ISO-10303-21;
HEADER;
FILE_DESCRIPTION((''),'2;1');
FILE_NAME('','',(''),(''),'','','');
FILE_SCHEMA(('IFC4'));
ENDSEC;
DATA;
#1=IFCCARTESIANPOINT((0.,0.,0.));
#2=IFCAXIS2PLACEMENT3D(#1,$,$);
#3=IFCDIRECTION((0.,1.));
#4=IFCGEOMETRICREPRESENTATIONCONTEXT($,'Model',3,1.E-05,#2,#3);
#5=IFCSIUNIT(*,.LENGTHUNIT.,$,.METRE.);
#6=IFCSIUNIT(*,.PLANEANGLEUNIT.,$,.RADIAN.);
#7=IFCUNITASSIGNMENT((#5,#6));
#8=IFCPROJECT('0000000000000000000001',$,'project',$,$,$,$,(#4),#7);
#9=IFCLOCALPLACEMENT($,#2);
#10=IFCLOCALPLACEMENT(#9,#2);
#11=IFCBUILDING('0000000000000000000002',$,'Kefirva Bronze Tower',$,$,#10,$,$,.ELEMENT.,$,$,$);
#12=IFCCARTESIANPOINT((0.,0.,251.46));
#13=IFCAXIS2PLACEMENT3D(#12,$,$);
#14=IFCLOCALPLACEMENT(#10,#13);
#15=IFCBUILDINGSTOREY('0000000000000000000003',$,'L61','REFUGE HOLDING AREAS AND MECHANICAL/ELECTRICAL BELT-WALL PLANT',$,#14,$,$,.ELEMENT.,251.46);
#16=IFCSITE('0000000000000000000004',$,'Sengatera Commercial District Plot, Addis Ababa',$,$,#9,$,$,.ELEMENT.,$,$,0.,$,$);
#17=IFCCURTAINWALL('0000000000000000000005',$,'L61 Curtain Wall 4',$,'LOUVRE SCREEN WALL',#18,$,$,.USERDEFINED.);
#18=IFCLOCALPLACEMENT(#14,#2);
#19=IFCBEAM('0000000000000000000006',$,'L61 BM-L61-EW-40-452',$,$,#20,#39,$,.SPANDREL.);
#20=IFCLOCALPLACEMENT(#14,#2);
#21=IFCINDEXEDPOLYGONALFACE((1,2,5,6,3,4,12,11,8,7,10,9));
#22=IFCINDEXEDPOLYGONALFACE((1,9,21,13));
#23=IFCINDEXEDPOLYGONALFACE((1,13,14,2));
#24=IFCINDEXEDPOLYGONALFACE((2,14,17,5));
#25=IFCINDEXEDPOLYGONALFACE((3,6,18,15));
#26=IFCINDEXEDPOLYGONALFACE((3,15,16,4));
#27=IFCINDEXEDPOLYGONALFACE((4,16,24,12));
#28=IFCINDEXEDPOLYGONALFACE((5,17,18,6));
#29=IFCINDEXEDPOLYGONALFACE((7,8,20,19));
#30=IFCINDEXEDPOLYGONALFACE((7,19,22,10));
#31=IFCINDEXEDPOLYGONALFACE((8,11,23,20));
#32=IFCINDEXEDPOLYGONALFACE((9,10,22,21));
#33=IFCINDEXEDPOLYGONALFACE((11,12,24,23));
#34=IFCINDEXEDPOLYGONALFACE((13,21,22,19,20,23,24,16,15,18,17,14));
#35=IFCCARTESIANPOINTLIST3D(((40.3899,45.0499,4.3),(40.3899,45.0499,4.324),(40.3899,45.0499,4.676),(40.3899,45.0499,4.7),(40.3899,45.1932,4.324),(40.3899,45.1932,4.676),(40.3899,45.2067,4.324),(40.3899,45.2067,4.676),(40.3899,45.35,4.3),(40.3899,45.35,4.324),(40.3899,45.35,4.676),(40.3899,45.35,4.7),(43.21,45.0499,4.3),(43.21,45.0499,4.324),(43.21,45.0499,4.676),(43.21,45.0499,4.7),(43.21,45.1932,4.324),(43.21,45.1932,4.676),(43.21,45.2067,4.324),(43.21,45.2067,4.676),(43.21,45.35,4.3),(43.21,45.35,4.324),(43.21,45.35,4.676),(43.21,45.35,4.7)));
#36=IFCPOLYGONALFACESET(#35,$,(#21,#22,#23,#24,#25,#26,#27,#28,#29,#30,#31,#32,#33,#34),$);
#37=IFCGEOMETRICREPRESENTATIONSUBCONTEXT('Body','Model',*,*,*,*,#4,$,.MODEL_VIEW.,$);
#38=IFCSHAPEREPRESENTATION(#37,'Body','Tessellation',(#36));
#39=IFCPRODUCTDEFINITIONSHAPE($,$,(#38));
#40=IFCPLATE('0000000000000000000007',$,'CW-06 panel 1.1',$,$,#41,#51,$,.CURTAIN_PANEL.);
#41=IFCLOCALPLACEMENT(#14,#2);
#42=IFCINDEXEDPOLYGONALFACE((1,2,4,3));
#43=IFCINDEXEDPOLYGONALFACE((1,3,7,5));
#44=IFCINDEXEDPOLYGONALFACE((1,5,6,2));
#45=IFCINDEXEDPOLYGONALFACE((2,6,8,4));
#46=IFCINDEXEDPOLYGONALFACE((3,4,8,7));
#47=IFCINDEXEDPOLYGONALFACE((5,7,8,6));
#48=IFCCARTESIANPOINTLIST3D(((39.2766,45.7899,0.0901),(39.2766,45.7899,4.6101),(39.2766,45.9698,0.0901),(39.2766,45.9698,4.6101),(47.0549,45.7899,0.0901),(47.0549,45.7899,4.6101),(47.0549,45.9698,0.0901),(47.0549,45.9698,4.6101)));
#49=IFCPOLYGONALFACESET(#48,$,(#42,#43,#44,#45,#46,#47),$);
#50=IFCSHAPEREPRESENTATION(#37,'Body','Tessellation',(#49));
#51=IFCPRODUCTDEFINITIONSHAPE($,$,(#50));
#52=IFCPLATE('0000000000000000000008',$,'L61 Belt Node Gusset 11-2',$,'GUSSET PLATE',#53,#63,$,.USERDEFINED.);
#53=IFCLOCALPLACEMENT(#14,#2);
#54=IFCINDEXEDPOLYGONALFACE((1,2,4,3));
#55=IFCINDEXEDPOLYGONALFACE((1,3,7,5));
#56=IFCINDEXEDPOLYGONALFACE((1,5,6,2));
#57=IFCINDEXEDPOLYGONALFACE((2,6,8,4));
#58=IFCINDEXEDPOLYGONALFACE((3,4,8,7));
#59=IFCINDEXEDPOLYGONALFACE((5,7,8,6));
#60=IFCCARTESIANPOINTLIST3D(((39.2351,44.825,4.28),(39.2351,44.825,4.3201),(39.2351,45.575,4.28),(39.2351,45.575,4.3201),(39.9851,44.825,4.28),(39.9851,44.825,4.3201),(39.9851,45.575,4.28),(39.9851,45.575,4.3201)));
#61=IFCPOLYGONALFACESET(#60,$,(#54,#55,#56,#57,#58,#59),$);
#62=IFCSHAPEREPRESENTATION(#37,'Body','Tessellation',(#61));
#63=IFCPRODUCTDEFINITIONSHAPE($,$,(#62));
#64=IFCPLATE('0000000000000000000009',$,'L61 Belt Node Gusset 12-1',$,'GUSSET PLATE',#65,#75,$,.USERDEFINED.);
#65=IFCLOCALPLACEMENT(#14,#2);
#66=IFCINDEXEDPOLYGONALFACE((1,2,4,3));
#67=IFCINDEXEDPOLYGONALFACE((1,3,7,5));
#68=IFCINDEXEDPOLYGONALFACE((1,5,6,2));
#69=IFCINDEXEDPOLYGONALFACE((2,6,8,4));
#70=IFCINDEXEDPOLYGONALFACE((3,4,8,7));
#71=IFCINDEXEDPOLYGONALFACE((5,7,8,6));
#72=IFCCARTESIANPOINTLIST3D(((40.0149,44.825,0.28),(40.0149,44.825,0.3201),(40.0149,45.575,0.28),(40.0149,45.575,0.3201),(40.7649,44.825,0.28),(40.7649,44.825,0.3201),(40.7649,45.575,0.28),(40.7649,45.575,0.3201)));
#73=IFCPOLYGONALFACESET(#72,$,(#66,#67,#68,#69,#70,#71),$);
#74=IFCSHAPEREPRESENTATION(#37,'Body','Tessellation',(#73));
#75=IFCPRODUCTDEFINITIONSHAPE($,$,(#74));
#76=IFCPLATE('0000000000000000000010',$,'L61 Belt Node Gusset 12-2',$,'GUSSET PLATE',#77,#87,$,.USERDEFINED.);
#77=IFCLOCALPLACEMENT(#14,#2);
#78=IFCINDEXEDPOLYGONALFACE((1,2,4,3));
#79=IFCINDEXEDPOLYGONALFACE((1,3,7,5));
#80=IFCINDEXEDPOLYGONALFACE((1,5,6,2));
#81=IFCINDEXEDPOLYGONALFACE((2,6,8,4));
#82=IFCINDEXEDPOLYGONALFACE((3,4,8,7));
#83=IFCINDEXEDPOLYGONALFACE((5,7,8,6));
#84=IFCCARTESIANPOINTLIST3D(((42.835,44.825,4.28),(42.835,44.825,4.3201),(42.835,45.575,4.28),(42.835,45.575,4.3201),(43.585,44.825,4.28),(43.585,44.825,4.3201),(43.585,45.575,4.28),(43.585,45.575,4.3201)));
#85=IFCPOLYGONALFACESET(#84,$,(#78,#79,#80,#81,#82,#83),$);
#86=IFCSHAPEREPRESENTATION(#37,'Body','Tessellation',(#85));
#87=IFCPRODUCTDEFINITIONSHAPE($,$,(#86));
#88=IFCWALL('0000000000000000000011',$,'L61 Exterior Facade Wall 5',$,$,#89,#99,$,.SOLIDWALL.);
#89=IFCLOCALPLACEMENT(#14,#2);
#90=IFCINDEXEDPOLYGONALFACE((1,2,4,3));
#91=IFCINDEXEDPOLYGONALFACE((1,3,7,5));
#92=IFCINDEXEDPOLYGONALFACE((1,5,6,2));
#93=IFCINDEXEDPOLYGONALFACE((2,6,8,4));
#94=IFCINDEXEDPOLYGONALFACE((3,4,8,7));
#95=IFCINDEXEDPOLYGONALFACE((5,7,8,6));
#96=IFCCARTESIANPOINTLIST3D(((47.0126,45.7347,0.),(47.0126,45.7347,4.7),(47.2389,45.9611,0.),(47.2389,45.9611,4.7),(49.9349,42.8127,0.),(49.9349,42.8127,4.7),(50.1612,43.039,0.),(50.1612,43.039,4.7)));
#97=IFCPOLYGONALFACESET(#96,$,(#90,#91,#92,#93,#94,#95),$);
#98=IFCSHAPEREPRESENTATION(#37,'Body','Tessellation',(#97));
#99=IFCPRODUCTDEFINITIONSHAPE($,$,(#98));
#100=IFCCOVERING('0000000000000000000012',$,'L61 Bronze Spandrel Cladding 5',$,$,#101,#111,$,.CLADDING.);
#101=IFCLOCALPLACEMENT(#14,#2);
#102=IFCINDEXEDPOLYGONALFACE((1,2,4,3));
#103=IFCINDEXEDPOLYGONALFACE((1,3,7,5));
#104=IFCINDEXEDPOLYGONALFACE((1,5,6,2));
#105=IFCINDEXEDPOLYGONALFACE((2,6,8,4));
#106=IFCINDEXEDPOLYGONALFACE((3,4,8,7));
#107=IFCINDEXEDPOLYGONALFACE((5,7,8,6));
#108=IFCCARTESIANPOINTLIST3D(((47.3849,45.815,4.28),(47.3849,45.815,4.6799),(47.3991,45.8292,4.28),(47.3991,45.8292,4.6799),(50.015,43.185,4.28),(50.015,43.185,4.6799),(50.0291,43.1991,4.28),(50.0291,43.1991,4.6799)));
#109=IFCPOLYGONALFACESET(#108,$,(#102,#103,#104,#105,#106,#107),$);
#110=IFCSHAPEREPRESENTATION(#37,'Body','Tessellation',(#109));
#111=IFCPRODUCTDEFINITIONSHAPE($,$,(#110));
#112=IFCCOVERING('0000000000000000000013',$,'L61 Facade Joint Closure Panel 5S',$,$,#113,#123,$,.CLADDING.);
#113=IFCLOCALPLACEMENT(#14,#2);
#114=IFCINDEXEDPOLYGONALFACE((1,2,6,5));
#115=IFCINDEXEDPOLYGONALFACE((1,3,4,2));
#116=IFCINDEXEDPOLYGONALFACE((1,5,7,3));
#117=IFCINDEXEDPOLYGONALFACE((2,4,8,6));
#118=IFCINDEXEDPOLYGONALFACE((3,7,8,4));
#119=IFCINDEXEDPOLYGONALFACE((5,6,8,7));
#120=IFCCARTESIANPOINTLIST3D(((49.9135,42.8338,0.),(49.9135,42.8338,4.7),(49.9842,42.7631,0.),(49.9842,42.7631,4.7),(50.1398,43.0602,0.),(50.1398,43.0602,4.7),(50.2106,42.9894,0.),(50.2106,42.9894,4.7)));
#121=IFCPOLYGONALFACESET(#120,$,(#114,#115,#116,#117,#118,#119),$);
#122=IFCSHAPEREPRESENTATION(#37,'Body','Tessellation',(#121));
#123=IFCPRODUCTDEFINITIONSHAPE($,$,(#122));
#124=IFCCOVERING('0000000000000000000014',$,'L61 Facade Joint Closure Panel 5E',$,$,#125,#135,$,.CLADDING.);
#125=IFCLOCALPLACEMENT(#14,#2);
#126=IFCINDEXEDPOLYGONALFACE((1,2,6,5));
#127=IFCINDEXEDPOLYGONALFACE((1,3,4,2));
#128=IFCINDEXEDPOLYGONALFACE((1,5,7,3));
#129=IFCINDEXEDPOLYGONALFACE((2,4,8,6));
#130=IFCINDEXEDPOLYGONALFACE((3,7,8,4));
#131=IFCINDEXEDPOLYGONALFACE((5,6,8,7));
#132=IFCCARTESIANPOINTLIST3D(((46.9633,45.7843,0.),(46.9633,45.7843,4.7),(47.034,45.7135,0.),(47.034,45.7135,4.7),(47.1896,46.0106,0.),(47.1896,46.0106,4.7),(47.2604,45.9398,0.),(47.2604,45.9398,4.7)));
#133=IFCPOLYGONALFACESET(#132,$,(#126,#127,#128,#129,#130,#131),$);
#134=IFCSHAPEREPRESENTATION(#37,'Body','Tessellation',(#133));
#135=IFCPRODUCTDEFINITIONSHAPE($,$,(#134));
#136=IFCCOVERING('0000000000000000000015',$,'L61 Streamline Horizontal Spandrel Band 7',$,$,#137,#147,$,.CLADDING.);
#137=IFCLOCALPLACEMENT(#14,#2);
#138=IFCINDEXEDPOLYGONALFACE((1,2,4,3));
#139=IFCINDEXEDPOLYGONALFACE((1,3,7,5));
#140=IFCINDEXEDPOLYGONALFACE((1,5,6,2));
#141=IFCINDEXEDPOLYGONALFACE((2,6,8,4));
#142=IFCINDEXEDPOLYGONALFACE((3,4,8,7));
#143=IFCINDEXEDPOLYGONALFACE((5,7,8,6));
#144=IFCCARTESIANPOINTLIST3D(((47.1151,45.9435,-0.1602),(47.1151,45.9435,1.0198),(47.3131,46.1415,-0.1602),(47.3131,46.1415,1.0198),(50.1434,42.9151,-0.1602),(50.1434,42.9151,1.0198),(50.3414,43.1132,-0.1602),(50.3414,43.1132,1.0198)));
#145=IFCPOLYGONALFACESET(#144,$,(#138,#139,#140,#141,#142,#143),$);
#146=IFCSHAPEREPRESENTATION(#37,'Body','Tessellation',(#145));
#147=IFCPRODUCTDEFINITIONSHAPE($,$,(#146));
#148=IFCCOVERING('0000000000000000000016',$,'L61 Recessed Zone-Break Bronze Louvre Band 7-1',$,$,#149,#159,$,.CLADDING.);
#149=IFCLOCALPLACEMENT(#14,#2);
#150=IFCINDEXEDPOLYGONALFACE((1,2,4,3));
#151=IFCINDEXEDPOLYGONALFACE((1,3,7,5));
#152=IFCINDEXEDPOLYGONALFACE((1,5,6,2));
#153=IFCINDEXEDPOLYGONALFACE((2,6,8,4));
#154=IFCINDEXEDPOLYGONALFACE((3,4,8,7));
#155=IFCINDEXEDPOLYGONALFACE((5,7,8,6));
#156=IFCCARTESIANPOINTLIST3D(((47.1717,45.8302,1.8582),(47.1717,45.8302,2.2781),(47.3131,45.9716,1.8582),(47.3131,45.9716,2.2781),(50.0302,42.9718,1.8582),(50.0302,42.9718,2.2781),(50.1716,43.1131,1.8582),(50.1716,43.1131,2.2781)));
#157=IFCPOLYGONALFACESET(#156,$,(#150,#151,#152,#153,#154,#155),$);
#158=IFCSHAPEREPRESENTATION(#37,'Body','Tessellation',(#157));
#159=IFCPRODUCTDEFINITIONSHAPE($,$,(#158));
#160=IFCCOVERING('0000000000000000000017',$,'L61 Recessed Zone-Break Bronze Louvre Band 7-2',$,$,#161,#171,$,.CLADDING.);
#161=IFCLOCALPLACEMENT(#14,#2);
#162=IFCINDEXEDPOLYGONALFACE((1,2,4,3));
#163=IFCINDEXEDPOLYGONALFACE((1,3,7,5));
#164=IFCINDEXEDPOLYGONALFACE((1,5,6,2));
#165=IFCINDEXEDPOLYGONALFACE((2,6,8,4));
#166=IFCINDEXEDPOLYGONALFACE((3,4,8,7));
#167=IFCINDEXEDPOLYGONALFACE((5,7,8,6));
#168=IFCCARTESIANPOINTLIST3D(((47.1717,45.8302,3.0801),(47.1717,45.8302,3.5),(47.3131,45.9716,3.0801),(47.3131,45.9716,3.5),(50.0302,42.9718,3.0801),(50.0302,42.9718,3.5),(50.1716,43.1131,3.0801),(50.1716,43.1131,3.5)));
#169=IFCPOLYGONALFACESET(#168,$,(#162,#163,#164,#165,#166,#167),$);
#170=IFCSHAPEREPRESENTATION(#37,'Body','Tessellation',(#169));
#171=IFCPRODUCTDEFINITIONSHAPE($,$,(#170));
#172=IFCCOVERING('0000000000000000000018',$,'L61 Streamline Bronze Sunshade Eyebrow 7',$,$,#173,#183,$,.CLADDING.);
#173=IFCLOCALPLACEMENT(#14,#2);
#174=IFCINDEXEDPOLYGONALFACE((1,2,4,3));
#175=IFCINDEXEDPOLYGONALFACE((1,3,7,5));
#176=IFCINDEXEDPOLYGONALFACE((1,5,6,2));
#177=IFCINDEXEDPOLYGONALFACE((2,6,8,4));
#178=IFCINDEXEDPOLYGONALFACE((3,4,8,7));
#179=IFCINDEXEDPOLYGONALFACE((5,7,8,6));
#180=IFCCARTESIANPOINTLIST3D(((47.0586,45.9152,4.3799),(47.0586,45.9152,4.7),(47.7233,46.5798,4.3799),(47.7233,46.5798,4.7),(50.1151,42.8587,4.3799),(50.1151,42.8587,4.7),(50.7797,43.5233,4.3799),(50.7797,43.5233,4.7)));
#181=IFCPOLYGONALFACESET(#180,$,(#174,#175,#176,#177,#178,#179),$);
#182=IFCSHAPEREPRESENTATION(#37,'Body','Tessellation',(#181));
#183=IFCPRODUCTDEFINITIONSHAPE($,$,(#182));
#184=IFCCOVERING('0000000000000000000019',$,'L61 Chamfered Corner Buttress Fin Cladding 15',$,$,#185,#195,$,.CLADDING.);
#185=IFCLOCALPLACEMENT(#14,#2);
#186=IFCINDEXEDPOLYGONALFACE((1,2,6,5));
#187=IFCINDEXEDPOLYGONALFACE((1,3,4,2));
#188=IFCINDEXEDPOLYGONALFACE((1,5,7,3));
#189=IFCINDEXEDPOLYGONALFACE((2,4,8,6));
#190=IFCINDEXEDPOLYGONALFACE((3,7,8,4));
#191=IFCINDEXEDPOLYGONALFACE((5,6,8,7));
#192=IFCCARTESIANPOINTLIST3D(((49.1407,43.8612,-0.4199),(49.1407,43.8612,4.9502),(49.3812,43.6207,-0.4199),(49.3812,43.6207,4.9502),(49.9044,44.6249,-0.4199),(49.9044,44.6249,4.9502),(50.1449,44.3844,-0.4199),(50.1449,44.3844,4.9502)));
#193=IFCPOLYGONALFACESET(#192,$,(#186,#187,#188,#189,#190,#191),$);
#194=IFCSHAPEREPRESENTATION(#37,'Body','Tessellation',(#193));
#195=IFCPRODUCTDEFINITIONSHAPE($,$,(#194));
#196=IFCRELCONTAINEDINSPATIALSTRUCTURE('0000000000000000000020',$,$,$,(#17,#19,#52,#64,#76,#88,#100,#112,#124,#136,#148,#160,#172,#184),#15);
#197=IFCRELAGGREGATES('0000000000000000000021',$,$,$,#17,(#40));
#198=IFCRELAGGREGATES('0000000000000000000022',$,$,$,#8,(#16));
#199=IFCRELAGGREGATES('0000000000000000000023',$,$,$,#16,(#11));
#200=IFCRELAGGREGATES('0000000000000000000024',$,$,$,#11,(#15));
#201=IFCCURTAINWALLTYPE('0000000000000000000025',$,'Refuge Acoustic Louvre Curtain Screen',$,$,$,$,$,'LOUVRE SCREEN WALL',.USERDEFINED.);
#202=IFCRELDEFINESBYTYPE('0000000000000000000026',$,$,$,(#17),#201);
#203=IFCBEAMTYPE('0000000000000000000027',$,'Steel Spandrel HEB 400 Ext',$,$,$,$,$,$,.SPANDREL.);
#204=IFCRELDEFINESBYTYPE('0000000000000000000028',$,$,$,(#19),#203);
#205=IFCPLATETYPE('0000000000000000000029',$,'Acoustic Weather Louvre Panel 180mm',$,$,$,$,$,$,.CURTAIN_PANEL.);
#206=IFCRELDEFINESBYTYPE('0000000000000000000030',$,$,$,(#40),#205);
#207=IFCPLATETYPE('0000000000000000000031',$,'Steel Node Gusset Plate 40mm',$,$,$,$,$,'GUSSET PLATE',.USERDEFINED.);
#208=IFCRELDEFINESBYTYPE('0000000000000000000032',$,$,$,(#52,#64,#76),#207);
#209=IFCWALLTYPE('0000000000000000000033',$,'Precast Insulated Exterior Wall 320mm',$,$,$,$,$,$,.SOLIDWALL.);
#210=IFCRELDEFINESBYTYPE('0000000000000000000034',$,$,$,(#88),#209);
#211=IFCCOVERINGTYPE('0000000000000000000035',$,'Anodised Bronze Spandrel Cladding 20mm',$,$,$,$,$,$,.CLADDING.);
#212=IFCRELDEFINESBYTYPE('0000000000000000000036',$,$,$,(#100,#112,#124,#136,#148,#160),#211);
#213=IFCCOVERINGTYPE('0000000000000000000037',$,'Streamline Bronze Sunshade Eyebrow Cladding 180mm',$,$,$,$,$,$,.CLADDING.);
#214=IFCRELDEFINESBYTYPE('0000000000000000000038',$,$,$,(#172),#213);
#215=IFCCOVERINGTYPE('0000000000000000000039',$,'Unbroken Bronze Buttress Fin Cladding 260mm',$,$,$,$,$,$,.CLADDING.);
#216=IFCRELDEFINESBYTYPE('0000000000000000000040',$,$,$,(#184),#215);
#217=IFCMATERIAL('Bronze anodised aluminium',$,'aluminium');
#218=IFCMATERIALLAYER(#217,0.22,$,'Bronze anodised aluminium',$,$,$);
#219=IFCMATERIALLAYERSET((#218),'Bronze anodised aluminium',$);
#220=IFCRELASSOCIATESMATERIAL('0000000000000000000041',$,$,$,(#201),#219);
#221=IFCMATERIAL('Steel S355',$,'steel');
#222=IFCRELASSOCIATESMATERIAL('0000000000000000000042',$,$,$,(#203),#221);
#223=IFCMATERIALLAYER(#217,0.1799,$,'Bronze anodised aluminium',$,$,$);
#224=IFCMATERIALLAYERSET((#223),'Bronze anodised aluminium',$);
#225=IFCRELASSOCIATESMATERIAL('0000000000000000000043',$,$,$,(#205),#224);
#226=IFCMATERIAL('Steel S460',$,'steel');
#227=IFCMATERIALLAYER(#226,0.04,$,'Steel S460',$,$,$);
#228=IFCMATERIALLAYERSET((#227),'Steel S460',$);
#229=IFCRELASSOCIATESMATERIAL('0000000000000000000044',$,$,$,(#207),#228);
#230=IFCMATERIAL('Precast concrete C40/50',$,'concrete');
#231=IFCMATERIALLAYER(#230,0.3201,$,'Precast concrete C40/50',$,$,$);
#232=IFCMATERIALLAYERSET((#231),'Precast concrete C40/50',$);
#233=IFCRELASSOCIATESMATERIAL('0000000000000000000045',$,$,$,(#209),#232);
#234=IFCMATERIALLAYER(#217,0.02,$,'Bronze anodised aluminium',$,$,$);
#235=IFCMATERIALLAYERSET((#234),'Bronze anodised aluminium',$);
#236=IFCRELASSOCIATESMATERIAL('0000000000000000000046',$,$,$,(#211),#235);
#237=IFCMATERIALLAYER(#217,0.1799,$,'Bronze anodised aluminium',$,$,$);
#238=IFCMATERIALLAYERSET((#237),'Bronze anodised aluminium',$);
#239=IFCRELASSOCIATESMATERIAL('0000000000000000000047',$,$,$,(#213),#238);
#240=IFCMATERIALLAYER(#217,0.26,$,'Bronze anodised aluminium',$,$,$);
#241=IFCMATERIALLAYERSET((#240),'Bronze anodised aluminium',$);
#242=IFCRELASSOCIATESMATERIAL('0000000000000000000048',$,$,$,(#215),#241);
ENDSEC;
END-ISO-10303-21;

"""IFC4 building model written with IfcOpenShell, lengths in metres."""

from ifc_helpers import new_model, si_unit, direction, frame, frame_2d, origin, origin_2d, place, context, subcontext, project, spatial, rectangle, i_section, extrude, material, layer, layer_set, material_profile, profile_set, type_object, element, aggregate, save


model = new_model("IFC4")

# Units and contexts
model_context = context("Model", 3, precision=1e-05, world=origin(), true_north=direction((0.0, 1.0)))
body_context = subcontext(model_context, "Body", "Model", "MODEL_VIEW")
ifc_project = project(units=[si_unit("LENGTHUNIT", "METRE"), si_unit("PLANEANGLEUNIT", "RADIAN")], contexts=[model_context])

# Site, building, storey
site_placement = place(None, origin())
site = spatial("IfcSite", under=ifc_project, at=site_placement, Name="Sengatera Commercial District Plot, Addis Ababa", CompositionType="ELEMENT", RefElevation=0.0)
building_placement = place(site_placement, origin())
building = spatial("IfcBuilding", under=site, at=building_placement, Name="Kefirva Bronze Tower", CompositionType="ELEMENT")
storey_placement = place(building_placement, frame((0.0, 0.0, 251.46)))
storey = spatial("IfcBuildingStorey", under=building, at=storey_placement, Name="L61", Description="REFUGE HOLDING AREAS AND MECHANICAL/ELECTRICAL BELT-WALL PLANT", CompositionType="ELEMENT", Elevation=251.46)

# Shared definitions
ifc_material_1 = material(Name="Bronze anodised aluminium", Category="aluminium")
ifc_layer_1 = layer(ifc_material_1, 0.22, Name="Bronze anodised aluminium")
ifc_layer_set_1 = layer_set([ifc_layer_1], Name="Bronze anodised aluminium")
curtain_wall_type = type_object("IfcCurtainWallType", Name="Refuge Acoustic Louvre Curtain Screen", ElementType="LOUVRE SCREEN WALL", PredefinedType="USERDEFINED", material=ifc_layer_set_1)

# Curtain wall
curtain_wall_1_placement = place(storey_placement, origin())
curtain_wall_1 = element("IfcCurtainWall", 1, at=curtain_wall_1_placement, inside=storey, type_object=curtain_wall_type, Name="L61 Curtain Wall 4", ObjectType="LOUVRE SCREEN WALL", PredefinedType="USERDEFINED")

# Shared definitions
ifc_material_2 = material(Name="Steel S460", Category="steel")

# Beam
ifc_material_3 = material(Name="Steel S355", Category="steel")
ifc_material_profile_1 = material_profile(ifc_material_3, i_section(OverallWidth=0.3, OverallDepth=0.3999, WebThickness=0.0134, FlangeThickness=0.0239, at=origin_2d()), Name="HEB 400")
ifc_profile_set_1 = profile_set([ifc_material_profile_1], Name="Steel S355")
beam_type = type_object("IfcBeamType", Name="Steel Spandrel HEB 400 Ext", PredefinedType="SPANDREL", material=ifc_profile_set_1)
beam_placement = place(storey_placement, frame((40.3899, 45.2, 4.5), z_axis=(1.0, 0.0, 0.0), x_axis=(0.0, 1.0, 0.0)))
element("IfcBeam", 2, at=beam_placement, inside=storey, type_object=beam_type, Name="L61 BM-L61-EW-40-452", PredefinedType="SPANDREL", context=body_context, shape_type="SweptSolid", body=[
    extrude(i_section(OverallWidth=0.3, OverallDepth=0.3999, WebThickness=0.0134, FlangeThickness=0.0239, at=origin_2d()), origin(), (0.0, 0.0, 1.0), 2.8201),
])

# Plate
ifc_layer_2 = layer(ifc_material_1, 0.1799, Name="Bronze anodised aluminium")
ifc_layer_set_2 = layer_set([ifc_layer_2], Name="Bronze anodised aluminium")
plate_type_1 = type_object("IfcPlateType", Name="Acoustic Weather Louvre Panel 180mm", PredefinedType="CURTAIN_PANEL", material=ifc_layer_set_2)
plate_placement = place(storey_placement, frame((43.1658, 45.8799, 0.0901), z_axis=(0.0, 0.0, 1.0), x_axis=(-1.0, 0.0, 0.0)))
plate = element("IfcPlate", 3, at=plate_placement, type_object=plate_type_1, Name="CW-06 panel 1.1", PredefinedType="CURTAIN_PANEL", context=body_context, shape_type="SweptSolid", body=[
    extrude(rectangle(XDim=7.7783, YDim=0.1799, at=origin_2d()), origin(), (0.0, 0.0, 1.0), 4.52),
])
aggregate(curtain_wall_1, [plate])

# Plates
ifc_layer_3 = layer(ifc_material_2, 0.04, Name="Steel S460")
ifc_layer_set_3 = layer_set([ifc_layer_3], Name="Steel S460")
plate_type_2 = type_object("IfcPlateType", Name="Steel Node Gusset Plate 40mm", ElementType="GUSSET PLATE", PredefinedType="USERDEFINED", material=ifc_layer_set_3)
for number, where, z_axis, x_axis, name in (
    (4, (39.6101, 45.2, 4.28), (0.0, 0.0, 1.0), (1.0, 0.0, 0.0), "L61 Belt Node Gusset 11-2"),
    (5, (40.3899, 45.2, 0.28), (0.0, 0.0, 1.0), (1.0, 0.0, 0.0), "L61 Belt Node Gusset 12-1"),
    (6, (43.21, 45.2, 4.28), (0.0, 0.0, 1.0), (1.0, 0.0, 0.0), "L61 Belt Node Gusset 12-2"),
):
    element("IfcPlate", number, at=place(storey_placement, frame(where, z_axis=z_axis, x_axis=x_axis)), inside=storey, type_object=plate_type_2, Name=name, ObjectType="GUSSET PLATE", PredefinedType="USERDEFINED", context=body_context, shape_type="SweptSolid", body=[
        extrude(rectangle(XDim=0.75, YDim=0.75, at=origin_2d()), origin(), (0.0, 0.0, 1.0), 0.04),
    ])

# Wall
ifc_material_4 = material(Name="Precast concrete C40/50", Category="concrete")
ifc_layer_4 = layer(ifc_material_4, 0.3201, Name="Precast concrete C40/50")
ifc_layer_set_4 = layer_set([ifc_layer_4], Name="Precast concrete C40/50")
wall_type = type_object("IfcWallType", Name="Precast Insulated Exterior Wall 320mm", PredefinedType="SOLIDWALL", material=ifc_layer_set_4)
wall_placement = place(storey_placement, frame((50.0481, 42.9258, 0.0), z_axis=(0.0, 0.0, 1.0), x_axis=(-0.707136, 0.707077, 0.0)))
element("IfcWall", 7, at=wall_placement, inside=storey, type_object=wall_type, Name="L61 Exterior Facade Wall 5", PredefinedType="SOLIDWALL", context=body_context, shape_type="SweptSolid", body=[
    extrude(rectangle(XDim=4.1326, YDim=0.3201, at=frame_2d((2.0664, 0.0))), origin(), (0.0, 0.0, 1.0), 4.7),
])

# Coverings
ifc_layer_5 = layer(ifc_material_1, 0.02, Name="Bronze anodised aluminium")
ifc_layer_set_5 = layer_set([ifc_layer_5], Name="Bronze anodised aluminium")
covering_type_1 = type_object("IfcCoveringType", Name="Anodised Bronze Spandrel Cladding 20mm", PredefinedType="CLADDING", material=ifc_layer_set_5)
covering_1_placement = place(storey_placement, frame((48.707, 44.5071, 4.28), z_axis=(0.0, 0.0, 1.0), x_axis=(-0.707107, 0.707107, 0.0)))
element("IfcCovering", 8, at=covering_1_placement, inside=storey, type_object=covering_type_1, Name="L61 Bronze Spandrel Cladding 5", PredefinedType="CLADDING", context=body_context, shape_type="SweptSolid", body=[
    extrude(rectangle(XDim=3.7195, YDim=0.02, at=origin_2d()), origin(), (0.0, 0.0, 1.0), 0.3999),
])
for number, where, z_axis, x_axis, name in (
    (9, (50.062, 42.9116, 0.0), (0.0, 0.0, 1.0), (-0.707107, 0.707107, 0.0), "L61 Facade Joint Closure Panel 5S"),
    (10, (47.1118, 45.8621, 0.0), (0.0, 0.0, 1.0), (-0.707107, 0.707107, 0.0), "L61 Facade Joint Closure Panel 5E"),
):
    element("IfcCovering", number, at=place(storey_placement, frame(where, z_axis=z_axis, x_axis=x_axis)), inside=storey, type_object=covering_type_1, Name=name, PredefinedType="CLADDING", context=body_context, shape_type="SweptSolid", body=[
        extrude(rectangle(XDim=0.1001, YDim=0.3201, at=origin_2d()), origin(), (0.0, 0.0, 1.0), 4.7),
    ])
covering_2_placement = place(storey_placement, frame((48.7283, 44.5283, -0.1602), z_axis=(0.0, 0.0, 1.0), x_axis=(-0.707107, 0.707107, 0.0)))
element("IfcCovering", 11, at=covering_2_placement, inside=storey, type_object=covering_type_1, Name="L61 Streamline Horizontal Spandrel Band 7", PredefinedType="CLADDING", context=body_context, shape_type="SweptSolid", body=[
    extrude(rectangle(XDim=4.2827, YDim=0.28, at=origin_2d()), origin(), (0.0, 0.0, 1.0), 1.1799),
])
for number, where, z_axis, x_axis, name in (
    (12, (48.6716, 44.4717, 1.8582), (0.0, 0.0, 1.0), (-0.707107, 0.707107, 0.0), "L61 Recessed Zone-Break Bronze Louvre Band 7-1"),
    (13, (48.6716, 44.4717, 3.0801), (0.0, 0.0, 1.0), (-0.707107, 0.707107, 0.0), "L61 Recessed Zone-Break Bronze Louvre Band 7-2"),
):
    element("IfcCovering", number, at=place(storey_placement, frame(where, z_axis=z_axis, x_axis=x_axis)), inside=storey, type_object=covering_type_1, Name=name, PredefinedType="CLADDING", context=body_context, shape_type="SweptSolid", body=[
        extrude(rectangle(XDim=4.0425, YDim=0.2, at=origin_2d()), origin(), (0.0, 0.0, 1.0), 0.4199),
    ])
ifc_layer_6 = layer(ifc_material_1, 0.1799, Name="Bronze anodised aluminium")
ifc_layer_set_6 = layer_set([ifc_layer_6], Name="Bronze anodised aluminium")
covering_type_2 = type_object("IfcCoveringType", Name="Streamline Bronze Sunshade Eyebrow Cladding 180mm", PredefinedType="CLADDING", material=ifc_layer_set_6)
covering_3_placement = place(storey_placement, frame((48.9192, 44.7192, 4.3799), z_axis=(0.0, 0.0, 1.0), x_axis=(-0.707107, 0.707107, 0.0)))
element("IfcCovering", 14, at=covering_3_placement, inside=storey, type_object=covering_type_2, Name="L61 Streamline Bronze Sunshade Eyebrow 7", PredefinedType="CLADDING", context=body_context, shape_type="SweptSolid", body=[
    extrude(rectangle(XDim=4.3225, YDim=0.9399, at=origin_2d()), origin(), (0.0, 0.0, 1.0), 0.3201),
])
ifc_layer_7 = layer(ifc_material_1, 0.26, Name="Bronze anodised aluminium")
ifc_layer_set_7 = layer_set([ifc_layer_7], Name="Bronze anodised aluminium")
covering_type_3 = type_object("IfcCoveringType", Name="Unbroken Bronze Buttress Fin Cladding 260mm", PredefinedType="CLADDING", material=ifc_layer_set_7)
for number, where, z_axis, x_axis, name in (
    (15, (49.6428, 44.1228, -0.4199), (0.0, 0.0, 1.0), (-0.707107, 0.707107, 0.0), "L61 Chamfered Corner Buttress Fin Cladding 15"),
):
    element("IfcCovering", number, at=place(storey_placement, frame(where, z_axis=z_axis, x_axis=x_axis)), inside=storey, type_object=covering_type_3, Name=name, PredefinedType="CLADDING", context=body_context, shape_type="SweptSolid", body=[
        extrude(rectangle(XDim=0.3401, YDim=1.0801, at=origin_2d()), origin(), (0.0, 0.0, 1.0), 5.3701),
    ])

save(model, "model.ifc")
